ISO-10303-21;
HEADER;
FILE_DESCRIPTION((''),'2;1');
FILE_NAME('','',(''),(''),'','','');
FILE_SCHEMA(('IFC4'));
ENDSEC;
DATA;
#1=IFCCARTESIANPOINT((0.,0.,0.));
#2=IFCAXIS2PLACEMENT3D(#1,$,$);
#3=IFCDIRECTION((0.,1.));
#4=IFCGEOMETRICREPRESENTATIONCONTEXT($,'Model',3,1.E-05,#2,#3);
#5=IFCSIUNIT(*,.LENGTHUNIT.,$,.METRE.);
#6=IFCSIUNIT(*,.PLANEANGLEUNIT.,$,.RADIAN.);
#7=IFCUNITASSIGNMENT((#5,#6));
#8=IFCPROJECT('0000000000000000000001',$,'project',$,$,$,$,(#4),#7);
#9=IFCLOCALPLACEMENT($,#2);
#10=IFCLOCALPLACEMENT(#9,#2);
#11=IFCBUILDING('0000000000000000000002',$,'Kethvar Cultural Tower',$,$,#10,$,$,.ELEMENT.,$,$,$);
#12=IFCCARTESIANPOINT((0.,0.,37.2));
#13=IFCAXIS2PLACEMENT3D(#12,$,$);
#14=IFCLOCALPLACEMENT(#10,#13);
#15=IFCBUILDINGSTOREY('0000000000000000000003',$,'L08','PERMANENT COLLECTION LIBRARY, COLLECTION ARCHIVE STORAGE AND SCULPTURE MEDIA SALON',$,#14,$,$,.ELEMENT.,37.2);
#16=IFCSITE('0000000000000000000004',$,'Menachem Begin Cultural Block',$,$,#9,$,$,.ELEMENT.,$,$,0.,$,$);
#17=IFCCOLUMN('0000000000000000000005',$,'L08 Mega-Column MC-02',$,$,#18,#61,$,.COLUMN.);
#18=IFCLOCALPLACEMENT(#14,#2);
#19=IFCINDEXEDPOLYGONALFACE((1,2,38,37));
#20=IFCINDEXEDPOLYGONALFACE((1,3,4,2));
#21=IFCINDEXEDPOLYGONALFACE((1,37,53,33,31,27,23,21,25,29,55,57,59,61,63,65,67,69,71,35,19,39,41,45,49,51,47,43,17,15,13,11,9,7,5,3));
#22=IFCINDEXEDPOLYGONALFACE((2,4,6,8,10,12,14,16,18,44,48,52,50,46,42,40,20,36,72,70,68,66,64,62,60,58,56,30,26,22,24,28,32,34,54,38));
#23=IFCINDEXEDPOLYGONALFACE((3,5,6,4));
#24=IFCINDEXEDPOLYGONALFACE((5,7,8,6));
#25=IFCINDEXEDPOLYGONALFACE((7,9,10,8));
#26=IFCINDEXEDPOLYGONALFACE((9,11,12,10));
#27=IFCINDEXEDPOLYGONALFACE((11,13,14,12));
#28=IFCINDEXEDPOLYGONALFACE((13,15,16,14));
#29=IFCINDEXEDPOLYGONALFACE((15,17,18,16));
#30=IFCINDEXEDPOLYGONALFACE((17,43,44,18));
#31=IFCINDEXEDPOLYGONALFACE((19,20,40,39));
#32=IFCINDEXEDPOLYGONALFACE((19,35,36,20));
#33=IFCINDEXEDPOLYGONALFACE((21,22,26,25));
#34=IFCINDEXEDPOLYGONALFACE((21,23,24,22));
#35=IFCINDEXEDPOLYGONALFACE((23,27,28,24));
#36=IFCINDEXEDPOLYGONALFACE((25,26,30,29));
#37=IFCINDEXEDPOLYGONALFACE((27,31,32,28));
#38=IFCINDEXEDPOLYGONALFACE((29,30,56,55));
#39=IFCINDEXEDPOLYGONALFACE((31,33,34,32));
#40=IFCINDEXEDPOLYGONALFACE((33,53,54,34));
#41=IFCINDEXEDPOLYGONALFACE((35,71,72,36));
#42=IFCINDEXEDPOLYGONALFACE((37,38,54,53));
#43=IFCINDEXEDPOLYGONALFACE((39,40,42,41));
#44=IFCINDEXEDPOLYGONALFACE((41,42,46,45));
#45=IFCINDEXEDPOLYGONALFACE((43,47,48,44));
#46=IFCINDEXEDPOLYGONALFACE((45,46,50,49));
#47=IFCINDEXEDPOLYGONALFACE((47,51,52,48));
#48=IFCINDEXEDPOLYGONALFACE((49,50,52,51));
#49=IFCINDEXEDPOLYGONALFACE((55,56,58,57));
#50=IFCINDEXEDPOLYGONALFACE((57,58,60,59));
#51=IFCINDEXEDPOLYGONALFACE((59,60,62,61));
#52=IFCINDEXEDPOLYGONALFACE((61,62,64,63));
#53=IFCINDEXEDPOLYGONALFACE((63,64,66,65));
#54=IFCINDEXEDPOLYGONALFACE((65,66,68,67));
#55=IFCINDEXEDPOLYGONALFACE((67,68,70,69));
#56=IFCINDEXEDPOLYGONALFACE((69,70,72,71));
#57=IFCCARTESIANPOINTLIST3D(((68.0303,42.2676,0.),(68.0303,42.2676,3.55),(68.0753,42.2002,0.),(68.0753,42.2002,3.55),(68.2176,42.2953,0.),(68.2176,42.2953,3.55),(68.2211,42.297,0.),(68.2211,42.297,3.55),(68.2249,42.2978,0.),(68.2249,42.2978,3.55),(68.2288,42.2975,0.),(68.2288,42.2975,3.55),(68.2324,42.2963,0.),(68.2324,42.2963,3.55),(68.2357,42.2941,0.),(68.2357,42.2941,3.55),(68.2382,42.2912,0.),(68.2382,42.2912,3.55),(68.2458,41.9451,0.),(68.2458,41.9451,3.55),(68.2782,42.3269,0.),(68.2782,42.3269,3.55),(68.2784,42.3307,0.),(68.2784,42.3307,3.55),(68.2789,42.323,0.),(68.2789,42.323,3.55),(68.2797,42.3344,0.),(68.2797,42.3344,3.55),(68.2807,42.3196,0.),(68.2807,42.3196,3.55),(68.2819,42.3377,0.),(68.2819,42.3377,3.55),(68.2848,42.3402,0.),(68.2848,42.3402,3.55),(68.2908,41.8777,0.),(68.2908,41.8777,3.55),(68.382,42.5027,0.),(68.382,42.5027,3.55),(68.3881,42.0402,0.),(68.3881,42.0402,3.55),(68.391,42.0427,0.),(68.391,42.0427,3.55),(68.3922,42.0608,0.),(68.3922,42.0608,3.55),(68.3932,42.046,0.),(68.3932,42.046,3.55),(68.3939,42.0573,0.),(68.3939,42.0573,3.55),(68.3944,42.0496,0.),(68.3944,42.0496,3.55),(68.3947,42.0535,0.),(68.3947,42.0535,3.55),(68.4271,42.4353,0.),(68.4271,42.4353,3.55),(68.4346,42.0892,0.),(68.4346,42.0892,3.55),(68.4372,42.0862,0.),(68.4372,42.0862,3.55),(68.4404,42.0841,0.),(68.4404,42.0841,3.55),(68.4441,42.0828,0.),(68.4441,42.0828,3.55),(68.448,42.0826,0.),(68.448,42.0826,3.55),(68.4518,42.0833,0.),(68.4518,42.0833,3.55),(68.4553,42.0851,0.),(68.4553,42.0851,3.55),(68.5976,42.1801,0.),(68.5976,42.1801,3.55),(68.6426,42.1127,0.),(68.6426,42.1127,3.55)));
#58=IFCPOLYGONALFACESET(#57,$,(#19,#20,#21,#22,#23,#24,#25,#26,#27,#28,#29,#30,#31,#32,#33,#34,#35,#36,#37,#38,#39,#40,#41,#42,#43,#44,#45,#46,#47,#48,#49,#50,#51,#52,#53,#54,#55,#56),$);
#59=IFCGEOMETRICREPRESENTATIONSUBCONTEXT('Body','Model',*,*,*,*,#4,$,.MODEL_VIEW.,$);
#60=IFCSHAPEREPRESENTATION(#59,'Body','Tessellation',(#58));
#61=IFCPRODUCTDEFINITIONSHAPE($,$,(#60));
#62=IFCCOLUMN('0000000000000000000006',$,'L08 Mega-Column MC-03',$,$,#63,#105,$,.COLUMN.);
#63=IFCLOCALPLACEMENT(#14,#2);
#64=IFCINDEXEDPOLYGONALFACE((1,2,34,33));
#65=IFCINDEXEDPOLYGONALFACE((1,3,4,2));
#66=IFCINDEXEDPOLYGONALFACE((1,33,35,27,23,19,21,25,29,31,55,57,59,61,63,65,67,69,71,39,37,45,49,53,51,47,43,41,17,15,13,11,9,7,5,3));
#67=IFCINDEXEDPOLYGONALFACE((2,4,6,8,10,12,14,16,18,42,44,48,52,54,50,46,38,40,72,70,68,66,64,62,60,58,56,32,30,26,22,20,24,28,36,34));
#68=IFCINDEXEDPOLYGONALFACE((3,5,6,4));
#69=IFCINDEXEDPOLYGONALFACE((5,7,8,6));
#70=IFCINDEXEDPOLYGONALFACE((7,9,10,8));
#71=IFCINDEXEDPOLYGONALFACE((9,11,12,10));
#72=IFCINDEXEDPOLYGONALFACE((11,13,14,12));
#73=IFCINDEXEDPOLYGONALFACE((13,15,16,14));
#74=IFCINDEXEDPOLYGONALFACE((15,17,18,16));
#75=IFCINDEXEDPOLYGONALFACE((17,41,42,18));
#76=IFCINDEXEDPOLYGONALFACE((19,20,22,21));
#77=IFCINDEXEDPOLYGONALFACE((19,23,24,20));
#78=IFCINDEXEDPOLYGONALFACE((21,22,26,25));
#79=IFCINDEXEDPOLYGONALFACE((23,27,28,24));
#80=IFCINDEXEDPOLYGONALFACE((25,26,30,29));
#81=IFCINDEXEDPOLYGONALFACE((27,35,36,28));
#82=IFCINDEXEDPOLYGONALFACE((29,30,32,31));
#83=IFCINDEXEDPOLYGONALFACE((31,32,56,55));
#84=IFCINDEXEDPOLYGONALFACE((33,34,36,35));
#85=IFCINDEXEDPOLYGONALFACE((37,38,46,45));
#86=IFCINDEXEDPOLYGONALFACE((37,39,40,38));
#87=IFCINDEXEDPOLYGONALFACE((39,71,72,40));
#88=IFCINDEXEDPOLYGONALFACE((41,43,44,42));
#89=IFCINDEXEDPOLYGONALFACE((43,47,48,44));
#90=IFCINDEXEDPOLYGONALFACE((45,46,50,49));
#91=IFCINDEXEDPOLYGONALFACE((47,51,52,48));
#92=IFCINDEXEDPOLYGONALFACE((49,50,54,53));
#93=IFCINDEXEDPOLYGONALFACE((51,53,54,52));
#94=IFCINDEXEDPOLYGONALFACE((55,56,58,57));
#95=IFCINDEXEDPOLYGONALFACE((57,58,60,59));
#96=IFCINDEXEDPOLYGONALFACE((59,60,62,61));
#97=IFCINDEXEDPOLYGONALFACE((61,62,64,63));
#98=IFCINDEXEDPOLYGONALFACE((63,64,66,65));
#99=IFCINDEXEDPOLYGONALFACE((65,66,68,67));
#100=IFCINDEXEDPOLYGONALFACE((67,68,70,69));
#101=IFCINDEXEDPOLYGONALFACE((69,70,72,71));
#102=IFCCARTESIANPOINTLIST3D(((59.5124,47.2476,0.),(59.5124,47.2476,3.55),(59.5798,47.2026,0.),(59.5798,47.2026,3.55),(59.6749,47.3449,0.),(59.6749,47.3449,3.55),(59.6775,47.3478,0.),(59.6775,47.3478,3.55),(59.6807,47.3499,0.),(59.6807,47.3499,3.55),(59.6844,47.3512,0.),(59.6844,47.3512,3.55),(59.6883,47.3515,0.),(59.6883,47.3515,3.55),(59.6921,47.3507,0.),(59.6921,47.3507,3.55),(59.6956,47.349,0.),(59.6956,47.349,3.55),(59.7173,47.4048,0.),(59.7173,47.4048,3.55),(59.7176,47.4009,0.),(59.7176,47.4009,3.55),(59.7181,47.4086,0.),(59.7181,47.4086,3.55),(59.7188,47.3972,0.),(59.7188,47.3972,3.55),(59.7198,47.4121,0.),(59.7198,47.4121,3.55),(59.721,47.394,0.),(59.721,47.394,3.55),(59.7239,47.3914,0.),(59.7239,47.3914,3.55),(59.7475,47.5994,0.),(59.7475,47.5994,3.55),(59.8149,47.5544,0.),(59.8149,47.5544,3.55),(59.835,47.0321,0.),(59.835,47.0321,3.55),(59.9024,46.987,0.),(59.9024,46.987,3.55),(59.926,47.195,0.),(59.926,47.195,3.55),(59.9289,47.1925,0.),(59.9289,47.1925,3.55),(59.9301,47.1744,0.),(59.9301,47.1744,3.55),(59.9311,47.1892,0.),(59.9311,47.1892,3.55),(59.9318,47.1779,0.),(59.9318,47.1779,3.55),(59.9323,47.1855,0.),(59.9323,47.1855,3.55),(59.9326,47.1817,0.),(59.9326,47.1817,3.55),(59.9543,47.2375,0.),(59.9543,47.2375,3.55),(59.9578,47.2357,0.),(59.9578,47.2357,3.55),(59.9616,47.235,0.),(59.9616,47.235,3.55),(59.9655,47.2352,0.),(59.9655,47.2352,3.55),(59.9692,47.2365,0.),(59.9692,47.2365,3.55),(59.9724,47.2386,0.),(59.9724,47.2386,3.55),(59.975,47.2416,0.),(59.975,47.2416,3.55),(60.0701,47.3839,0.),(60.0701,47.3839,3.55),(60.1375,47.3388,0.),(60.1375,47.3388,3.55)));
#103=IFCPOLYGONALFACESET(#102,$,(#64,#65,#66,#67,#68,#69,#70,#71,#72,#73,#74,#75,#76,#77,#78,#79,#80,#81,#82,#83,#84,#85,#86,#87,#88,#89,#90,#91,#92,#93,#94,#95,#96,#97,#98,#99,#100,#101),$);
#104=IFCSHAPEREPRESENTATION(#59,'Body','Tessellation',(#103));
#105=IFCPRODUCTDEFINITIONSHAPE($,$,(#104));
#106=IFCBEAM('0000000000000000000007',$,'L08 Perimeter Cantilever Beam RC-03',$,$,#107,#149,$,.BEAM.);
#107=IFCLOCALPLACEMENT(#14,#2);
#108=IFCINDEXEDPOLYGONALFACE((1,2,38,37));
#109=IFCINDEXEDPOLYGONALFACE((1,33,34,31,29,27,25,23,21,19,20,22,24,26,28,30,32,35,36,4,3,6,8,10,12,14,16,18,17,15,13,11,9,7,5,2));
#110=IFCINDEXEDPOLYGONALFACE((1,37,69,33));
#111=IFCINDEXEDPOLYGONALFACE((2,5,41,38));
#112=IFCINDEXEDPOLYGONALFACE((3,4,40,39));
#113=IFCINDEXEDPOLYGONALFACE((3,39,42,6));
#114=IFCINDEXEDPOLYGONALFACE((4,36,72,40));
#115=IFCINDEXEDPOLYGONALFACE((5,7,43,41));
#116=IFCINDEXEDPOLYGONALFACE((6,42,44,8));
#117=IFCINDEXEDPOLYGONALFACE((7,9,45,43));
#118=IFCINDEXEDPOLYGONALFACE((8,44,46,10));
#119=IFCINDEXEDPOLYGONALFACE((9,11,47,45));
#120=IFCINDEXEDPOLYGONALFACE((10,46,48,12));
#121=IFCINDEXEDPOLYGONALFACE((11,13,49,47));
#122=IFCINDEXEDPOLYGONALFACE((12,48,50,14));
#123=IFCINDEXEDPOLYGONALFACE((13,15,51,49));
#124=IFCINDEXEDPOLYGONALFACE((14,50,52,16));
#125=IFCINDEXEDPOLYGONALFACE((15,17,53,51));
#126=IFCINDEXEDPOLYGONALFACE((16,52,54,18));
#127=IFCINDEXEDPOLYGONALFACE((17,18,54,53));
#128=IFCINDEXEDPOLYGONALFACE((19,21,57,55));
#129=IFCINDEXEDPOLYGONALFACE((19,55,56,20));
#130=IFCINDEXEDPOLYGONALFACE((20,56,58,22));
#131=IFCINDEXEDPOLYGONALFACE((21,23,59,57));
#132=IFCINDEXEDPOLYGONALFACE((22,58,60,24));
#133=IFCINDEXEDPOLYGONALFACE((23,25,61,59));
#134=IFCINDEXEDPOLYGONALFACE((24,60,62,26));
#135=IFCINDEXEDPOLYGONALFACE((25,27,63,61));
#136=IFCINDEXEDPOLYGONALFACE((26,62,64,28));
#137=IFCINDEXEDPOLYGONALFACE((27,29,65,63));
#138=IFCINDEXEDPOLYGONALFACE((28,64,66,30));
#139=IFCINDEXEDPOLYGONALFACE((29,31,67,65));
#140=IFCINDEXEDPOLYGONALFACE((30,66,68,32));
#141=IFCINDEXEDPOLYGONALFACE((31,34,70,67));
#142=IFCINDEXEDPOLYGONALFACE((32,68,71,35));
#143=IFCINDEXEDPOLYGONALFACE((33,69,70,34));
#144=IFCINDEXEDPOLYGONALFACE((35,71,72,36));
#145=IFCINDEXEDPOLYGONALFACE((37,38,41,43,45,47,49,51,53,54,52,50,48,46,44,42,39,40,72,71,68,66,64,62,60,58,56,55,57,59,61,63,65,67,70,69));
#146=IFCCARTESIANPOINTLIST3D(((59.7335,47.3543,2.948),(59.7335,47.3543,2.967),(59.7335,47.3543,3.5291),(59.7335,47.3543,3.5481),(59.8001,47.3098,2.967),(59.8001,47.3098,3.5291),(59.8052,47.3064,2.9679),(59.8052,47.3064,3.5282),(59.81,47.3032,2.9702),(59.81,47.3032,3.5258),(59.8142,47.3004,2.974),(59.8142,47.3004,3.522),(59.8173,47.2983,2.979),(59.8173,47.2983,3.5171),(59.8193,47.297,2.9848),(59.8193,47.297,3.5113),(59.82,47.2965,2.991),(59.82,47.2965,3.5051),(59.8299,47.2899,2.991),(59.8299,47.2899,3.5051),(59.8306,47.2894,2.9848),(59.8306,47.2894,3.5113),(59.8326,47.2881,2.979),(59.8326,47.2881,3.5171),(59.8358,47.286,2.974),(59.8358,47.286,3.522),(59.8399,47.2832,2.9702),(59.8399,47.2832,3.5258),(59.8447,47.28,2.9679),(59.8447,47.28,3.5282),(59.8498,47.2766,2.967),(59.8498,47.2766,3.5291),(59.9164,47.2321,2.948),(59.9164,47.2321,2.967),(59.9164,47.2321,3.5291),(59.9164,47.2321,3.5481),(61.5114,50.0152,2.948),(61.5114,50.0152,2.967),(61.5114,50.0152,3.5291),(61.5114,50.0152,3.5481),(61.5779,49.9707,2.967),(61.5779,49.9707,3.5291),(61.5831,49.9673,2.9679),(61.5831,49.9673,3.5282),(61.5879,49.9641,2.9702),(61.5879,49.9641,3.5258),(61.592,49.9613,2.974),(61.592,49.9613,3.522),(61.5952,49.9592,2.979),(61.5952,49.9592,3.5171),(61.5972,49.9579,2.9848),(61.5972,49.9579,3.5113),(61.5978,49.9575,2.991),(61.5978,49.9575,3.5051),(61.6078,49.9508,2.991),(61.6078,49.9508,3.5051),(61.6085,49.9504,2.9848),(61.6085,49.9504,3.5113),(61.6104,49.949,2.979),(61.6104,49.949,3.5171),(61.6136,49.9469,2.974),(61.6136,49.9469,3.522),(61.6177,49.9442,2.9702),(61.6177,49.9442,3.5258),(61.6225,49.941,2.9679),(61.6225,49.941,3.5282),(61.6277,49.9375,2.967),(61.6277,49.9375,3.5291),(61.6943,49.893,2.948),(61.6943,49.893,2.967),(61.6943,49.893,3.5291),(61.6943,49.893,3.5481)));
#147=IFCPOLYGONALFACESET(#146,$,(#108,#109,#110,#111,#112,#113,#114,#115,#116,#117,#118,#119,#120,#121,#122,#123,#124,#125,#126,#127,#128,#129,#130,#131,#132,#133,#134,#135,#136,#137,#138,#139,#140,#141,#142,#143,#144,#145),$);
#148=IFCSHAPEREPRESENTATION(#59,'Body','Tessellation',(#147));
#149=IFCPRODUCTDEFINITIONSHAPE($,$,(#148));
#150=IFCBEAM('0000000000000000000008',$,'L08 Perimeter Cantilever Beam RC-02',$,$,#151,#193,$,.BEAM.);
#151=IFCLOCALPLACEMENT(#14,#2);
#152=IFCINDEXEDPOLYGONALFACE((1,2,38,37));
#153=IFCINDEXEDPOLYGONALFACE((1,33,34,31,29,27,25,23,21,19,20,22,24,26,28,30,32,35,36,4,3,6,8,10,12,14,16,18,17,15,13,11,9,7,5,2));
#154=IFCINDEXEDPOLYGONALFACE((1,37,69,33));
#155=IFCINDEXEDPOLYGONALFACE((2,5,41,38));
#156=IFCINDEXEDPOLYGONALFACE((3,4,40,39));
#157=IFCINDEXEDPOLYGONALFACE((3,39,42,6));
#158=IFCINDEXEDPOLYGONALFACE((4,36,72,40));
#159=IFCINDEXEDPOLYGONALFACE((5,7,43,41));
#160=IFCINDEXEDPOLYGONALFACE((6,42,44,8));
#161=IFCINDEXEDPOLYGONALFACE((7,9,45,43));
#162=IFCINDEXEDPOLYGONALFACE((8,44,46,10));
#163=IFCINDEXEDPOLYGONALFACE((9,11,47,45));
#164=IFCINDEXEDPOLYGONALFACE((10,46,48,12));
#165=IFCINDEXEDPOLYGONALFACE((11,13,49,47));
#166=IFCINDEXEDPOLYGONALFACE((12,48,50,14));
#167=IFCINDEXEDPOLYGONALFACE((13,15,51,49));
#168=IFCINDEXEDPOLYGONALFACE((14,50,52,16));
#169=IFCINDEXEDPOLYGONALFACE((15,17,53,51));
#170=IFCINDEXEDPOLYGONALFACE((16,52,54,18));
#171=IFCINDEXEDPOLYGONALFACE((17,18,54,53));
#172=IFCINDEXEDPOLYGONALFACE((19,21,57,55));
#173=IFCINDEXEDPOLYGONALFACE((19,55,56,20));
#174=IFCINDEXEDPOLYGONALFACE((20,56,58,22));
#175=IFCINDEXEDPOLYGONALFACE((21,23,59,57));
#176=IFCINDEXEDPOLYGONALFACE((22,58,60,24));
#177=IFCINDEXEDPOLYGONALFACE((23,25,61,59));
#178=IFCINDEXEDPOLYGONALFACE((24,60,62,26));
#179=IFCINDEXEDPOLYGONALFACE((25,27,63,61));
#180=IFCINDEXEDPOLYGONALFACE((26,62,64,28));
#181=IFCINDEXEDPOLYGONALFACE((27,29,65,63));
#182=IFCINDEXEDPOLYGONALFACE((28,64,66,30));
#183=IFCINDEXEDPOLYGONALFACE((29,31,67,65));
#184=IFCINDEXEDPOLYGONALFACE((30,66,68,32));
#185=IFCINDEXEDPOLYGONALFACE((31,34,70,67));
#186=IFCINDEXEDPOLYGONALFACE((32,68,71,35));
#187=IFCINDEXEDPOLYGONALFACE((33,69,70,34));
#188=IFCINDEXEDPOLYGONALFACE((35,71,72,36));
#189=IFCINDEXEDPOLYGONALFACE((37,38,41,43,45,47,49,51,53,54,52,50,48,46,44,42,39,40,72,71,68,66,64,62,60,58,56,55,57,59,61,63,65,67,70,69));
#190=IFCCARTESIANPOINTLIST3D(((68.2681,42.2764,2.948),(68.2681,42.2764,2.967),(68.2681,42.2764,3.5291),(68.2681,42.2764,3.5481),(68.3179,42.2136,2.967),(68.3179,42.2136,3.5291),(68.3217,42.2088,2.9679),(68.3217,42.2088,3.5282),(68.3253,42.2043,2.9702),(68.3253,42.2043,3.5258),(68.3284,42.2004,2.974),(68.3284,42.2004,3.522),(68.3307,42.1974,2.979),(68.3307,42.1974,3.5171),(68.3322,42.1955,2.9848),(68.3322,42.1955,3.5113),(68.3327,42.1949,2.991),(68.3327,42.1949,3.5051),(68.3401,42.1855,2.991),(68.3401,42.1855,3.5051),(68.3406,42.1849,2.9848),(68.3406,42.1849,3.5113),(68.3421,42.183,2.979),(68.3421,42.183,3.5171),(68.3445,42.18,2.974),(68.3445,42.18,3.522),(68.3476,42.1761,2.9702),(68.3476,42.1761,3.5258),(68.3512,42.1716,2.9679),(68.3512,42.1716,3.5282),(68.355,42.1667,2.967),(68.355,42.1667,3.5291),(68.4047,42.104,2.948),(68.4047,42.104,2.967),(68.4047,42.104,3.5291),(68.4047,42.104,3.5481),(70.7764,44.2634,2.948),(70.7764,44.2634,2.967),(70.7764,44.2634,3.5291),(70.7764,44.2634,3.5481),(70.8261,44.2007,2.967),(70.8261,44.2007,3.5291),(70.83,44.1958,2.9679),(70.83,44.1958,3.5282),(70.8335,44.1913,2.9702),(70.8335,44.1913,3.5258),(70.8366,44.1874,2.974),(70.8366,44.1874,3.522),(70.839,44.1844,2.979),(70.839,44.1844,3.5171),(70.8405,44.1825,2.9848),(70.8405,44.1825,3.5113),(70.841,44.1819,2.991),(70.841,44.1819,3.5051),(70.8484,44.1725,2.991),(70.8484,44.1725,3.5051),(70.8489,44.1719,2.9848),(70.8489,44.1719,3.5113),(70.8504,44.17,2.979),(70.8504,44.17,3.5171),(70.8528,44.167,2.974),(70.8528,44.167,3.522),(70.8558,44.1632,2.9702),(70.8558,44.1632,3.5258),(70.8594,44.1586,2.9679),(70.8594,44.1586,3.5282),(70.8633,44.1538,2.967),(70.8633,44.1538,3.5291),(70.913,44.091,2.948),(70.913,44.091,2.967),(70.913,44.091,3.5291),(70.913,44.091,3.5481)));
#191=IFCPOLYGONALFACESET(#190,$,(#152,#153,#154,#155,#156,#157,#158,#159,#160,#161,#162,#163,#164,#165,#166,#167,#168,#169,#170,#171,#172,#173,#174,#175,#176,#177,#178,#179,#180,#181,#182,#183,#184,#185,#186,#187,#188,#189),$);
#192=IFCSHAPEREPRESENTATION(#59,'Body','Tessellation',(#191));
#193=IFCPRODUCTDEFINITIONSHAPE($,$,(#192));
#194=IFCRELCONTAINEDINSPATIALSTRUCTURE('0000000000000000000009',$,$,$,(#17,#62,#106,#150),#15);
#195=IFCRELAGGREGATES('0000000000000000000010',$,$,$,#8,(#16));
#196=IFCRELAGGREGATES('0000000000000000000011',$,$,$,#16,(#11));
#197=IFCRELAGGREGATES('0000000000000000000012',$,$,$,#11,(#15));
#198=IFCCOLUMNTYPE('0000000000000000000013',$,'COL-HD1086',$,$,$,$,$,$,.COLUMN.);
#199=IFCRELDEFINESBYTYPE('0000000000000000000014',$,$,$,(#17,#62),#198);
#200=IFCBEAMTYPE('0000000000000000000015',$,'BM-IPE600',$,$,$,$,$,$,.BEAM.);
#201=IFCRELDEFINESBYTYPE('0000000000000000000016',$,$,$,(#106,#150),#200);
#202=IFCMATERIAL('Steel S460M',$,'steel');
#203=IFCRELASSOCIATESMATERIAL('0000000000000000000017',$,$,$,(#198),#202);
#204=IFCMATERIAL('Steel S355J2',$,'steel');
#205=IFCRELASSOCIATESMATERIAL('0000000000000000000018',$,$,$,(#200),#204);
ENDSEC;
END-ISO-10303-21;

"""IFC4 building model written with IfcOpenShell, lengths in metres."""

from ifc_helpers import new_model, si_unit, direction, frame, origin, origin_2d, place, context, subcontext, project, spatial, i_section, extrude, source, transform, mapped, material, material_profile, profile_set, type_object, element, save


model = new_model("IFC4")

# Units and contexts
model_context = context("Model", 3, precision=1e-05, world=origin(), true_north=direction((0.0, 1.0)))
body_context = subcontext(model_context, "Body", "Model", "MODEL_VIEW")
ifc_project = project(units=[si_unit("LENGTHUNIT", "METRE"), si_unit("PLANEANGLEUNIT", "RADIAN")], contexts=[model_context])

# Site, building, storey
site_placement = place(None, origin())
site = spatial("IfcSite", under=ifc_project, at=site_placement, Name="Menachem Begin Cultural Block", CompositionType="ELEMENT", RefElevation=0.0)
building_placement = place(site_placement, origin())
building = spatial("IfcBuilding", under=site, at=building_placement, Name="Kethvar Cultural Tower", CompositionType="ELEMENT")
storey_placement = place(building_placement, frame((0.0, 0.0, 37.2)))
storey = spatial("IfcBuildingStorey", under=building, at=storey_placement, Name="L08", Description="PERMANENT COLLECTION LIBRARY, COLLECTION ARCHIVE STORAGE AND SCULPTURE MEDIA SALON", CompositionType="ELEMENT", Elevation=37.2)

# Columns
ifc_material_1 = material(Name="Steel S460M", Category="steel")
ifc_material_profile_1 = material_profile(ifc_material_1, i_section(OverallWidth=0.4231, OverallDepth=0.469, WebThickness=0.051, FlangeThickness=0.0811, FilletRadius=0.0149, at=origin_2d()), Name="Steel S460M — HD400x1086")
ifc_profile_set_1 = profile_set([ifc_material_profile_1], Name="Steel S460M — HD400x1086")
column_type = type_object("IfcColumnType", Name="COL-HD1086", PredefinedType="COLUMN", material=ifc_profile_set_1)
shared_shape_1 = source(origin(), body_context, "Body", "SweptSolid", [
    extrude(i_section(OverallWidth=0.4231, OverallDepth=0.469, WebThickness=0.051, FlangeThickness=0.0811, FilletRadius=0.0149, at=origin_2d()), origin(), (0.0, 0.0, 1.0), 3.55),
])
for number, where, z_axis, x_axis, name in (
    (1, (68.3364, 42.1902, 0.0), (0.0, 0.0, 1.0), (0.83147, 0.55557, 0.0), "L08 Mega-Column MC-02"),
    (2, (59.825, 47.2932, 0.0), (0.0, 0.0, 1.0), (0.55557, 0.83147, 0.0), "L08 Mega-Column MC-03"),
):
    element("IfcColumn", number, at=place(storey_placement, frame(where, z_axis=z_axis, x_axis=x_axis)), inside=storey, type_object=column_type, Name=name, PredefinedType="COLUMN", context=body_context, shape_type="MappedRepresentation", body=[
        mapped(shared_shape_1, transform((0.0, 0.0, 0.0), scale=1.0)),
    ])

# Beams
ifc_material_2 = material(Name="Steel S355J2", Category="steel")
ifc_material_profile_2 = material_profile(ifc_material_2, i_section(OverallWidth=0.22, OverallDepth=0.6001, WebThickness=0.012, FlangeThickness=0.019, FilletRadius=0.0239, at=origin_2d()), Name="Steel S355J2 — IPE600")
ifc_profile_set_2 = profile_set([ifc_material_profile_2], Name="Steel S355J2 — IPE600")
beam_type_1 = type_object("IfcBeamType", Name="BM-IPE600", PredefinedType="BEAM", material=ifc_profile_set_2)
shared_shape_2 = source(origin(), body_context, "Body", "SweptSolid", [
    extrude(i_section(OverallWidth=0.22, OverallDepth=0.6001, WebThickness=0.012, FlangeThickness=0.019, FilletRadius=0.0239, at=origin_2d()), origin(), (0.0, 0.0, 1.0), 3.2002),
])
beam_1_placement = place(storey_placement, frame((59.825, 47.2932, 3.248), z_axis=(0.555545, 0.831486, 0.0), x_axis=(-0.831486, 0.555545, 0.0)))
element("IfcBeam", 3, at=beam_1_placement, inside=storey, type_object=beam_type_1, Name="L08 Perimeter Cantilever Beam RC-03", PredefinedType="BEAM", context=body_context, shape_type="MappedRepresentation", body=[
    mapped(shared_shape_2, transform((0.0, 0.0, 0.0), scale=1.0)),
])
shared_shape_3 = source(origin(), body_context, "Body", "SweptSolid", [
    extrude(i_section(OverallWidth=0.22, OverallDepth=0.6001, WebThickness=0.012, FlangeThickness=0.019, FilletRadius=0.0239, at=origin_2d()), origin(), (0.0, 0.0, 1.0), 3.2),
])
beam_2_placement = place(storey_placement, frame((68.3364, 42.1902, 3.248), z_axis=(0.783845, 0.620957, 0.0), x_axis=(-0.620957, 0.783845, 0.0)))
element("IfcBeam", 4, at=beam_2_placement, inside=storey, type_object=beam_type_1, Name="L08 Perimeter Cantilever Beam RC-02", PredefinedType="BEAM", context=body_context, shape_type="MappedRepresentation", body=[
    mapped(shared_shape_3, transform((0.0, 0.0, 0.0), scale=1.0)),
])

save(model, "model.ifc")
